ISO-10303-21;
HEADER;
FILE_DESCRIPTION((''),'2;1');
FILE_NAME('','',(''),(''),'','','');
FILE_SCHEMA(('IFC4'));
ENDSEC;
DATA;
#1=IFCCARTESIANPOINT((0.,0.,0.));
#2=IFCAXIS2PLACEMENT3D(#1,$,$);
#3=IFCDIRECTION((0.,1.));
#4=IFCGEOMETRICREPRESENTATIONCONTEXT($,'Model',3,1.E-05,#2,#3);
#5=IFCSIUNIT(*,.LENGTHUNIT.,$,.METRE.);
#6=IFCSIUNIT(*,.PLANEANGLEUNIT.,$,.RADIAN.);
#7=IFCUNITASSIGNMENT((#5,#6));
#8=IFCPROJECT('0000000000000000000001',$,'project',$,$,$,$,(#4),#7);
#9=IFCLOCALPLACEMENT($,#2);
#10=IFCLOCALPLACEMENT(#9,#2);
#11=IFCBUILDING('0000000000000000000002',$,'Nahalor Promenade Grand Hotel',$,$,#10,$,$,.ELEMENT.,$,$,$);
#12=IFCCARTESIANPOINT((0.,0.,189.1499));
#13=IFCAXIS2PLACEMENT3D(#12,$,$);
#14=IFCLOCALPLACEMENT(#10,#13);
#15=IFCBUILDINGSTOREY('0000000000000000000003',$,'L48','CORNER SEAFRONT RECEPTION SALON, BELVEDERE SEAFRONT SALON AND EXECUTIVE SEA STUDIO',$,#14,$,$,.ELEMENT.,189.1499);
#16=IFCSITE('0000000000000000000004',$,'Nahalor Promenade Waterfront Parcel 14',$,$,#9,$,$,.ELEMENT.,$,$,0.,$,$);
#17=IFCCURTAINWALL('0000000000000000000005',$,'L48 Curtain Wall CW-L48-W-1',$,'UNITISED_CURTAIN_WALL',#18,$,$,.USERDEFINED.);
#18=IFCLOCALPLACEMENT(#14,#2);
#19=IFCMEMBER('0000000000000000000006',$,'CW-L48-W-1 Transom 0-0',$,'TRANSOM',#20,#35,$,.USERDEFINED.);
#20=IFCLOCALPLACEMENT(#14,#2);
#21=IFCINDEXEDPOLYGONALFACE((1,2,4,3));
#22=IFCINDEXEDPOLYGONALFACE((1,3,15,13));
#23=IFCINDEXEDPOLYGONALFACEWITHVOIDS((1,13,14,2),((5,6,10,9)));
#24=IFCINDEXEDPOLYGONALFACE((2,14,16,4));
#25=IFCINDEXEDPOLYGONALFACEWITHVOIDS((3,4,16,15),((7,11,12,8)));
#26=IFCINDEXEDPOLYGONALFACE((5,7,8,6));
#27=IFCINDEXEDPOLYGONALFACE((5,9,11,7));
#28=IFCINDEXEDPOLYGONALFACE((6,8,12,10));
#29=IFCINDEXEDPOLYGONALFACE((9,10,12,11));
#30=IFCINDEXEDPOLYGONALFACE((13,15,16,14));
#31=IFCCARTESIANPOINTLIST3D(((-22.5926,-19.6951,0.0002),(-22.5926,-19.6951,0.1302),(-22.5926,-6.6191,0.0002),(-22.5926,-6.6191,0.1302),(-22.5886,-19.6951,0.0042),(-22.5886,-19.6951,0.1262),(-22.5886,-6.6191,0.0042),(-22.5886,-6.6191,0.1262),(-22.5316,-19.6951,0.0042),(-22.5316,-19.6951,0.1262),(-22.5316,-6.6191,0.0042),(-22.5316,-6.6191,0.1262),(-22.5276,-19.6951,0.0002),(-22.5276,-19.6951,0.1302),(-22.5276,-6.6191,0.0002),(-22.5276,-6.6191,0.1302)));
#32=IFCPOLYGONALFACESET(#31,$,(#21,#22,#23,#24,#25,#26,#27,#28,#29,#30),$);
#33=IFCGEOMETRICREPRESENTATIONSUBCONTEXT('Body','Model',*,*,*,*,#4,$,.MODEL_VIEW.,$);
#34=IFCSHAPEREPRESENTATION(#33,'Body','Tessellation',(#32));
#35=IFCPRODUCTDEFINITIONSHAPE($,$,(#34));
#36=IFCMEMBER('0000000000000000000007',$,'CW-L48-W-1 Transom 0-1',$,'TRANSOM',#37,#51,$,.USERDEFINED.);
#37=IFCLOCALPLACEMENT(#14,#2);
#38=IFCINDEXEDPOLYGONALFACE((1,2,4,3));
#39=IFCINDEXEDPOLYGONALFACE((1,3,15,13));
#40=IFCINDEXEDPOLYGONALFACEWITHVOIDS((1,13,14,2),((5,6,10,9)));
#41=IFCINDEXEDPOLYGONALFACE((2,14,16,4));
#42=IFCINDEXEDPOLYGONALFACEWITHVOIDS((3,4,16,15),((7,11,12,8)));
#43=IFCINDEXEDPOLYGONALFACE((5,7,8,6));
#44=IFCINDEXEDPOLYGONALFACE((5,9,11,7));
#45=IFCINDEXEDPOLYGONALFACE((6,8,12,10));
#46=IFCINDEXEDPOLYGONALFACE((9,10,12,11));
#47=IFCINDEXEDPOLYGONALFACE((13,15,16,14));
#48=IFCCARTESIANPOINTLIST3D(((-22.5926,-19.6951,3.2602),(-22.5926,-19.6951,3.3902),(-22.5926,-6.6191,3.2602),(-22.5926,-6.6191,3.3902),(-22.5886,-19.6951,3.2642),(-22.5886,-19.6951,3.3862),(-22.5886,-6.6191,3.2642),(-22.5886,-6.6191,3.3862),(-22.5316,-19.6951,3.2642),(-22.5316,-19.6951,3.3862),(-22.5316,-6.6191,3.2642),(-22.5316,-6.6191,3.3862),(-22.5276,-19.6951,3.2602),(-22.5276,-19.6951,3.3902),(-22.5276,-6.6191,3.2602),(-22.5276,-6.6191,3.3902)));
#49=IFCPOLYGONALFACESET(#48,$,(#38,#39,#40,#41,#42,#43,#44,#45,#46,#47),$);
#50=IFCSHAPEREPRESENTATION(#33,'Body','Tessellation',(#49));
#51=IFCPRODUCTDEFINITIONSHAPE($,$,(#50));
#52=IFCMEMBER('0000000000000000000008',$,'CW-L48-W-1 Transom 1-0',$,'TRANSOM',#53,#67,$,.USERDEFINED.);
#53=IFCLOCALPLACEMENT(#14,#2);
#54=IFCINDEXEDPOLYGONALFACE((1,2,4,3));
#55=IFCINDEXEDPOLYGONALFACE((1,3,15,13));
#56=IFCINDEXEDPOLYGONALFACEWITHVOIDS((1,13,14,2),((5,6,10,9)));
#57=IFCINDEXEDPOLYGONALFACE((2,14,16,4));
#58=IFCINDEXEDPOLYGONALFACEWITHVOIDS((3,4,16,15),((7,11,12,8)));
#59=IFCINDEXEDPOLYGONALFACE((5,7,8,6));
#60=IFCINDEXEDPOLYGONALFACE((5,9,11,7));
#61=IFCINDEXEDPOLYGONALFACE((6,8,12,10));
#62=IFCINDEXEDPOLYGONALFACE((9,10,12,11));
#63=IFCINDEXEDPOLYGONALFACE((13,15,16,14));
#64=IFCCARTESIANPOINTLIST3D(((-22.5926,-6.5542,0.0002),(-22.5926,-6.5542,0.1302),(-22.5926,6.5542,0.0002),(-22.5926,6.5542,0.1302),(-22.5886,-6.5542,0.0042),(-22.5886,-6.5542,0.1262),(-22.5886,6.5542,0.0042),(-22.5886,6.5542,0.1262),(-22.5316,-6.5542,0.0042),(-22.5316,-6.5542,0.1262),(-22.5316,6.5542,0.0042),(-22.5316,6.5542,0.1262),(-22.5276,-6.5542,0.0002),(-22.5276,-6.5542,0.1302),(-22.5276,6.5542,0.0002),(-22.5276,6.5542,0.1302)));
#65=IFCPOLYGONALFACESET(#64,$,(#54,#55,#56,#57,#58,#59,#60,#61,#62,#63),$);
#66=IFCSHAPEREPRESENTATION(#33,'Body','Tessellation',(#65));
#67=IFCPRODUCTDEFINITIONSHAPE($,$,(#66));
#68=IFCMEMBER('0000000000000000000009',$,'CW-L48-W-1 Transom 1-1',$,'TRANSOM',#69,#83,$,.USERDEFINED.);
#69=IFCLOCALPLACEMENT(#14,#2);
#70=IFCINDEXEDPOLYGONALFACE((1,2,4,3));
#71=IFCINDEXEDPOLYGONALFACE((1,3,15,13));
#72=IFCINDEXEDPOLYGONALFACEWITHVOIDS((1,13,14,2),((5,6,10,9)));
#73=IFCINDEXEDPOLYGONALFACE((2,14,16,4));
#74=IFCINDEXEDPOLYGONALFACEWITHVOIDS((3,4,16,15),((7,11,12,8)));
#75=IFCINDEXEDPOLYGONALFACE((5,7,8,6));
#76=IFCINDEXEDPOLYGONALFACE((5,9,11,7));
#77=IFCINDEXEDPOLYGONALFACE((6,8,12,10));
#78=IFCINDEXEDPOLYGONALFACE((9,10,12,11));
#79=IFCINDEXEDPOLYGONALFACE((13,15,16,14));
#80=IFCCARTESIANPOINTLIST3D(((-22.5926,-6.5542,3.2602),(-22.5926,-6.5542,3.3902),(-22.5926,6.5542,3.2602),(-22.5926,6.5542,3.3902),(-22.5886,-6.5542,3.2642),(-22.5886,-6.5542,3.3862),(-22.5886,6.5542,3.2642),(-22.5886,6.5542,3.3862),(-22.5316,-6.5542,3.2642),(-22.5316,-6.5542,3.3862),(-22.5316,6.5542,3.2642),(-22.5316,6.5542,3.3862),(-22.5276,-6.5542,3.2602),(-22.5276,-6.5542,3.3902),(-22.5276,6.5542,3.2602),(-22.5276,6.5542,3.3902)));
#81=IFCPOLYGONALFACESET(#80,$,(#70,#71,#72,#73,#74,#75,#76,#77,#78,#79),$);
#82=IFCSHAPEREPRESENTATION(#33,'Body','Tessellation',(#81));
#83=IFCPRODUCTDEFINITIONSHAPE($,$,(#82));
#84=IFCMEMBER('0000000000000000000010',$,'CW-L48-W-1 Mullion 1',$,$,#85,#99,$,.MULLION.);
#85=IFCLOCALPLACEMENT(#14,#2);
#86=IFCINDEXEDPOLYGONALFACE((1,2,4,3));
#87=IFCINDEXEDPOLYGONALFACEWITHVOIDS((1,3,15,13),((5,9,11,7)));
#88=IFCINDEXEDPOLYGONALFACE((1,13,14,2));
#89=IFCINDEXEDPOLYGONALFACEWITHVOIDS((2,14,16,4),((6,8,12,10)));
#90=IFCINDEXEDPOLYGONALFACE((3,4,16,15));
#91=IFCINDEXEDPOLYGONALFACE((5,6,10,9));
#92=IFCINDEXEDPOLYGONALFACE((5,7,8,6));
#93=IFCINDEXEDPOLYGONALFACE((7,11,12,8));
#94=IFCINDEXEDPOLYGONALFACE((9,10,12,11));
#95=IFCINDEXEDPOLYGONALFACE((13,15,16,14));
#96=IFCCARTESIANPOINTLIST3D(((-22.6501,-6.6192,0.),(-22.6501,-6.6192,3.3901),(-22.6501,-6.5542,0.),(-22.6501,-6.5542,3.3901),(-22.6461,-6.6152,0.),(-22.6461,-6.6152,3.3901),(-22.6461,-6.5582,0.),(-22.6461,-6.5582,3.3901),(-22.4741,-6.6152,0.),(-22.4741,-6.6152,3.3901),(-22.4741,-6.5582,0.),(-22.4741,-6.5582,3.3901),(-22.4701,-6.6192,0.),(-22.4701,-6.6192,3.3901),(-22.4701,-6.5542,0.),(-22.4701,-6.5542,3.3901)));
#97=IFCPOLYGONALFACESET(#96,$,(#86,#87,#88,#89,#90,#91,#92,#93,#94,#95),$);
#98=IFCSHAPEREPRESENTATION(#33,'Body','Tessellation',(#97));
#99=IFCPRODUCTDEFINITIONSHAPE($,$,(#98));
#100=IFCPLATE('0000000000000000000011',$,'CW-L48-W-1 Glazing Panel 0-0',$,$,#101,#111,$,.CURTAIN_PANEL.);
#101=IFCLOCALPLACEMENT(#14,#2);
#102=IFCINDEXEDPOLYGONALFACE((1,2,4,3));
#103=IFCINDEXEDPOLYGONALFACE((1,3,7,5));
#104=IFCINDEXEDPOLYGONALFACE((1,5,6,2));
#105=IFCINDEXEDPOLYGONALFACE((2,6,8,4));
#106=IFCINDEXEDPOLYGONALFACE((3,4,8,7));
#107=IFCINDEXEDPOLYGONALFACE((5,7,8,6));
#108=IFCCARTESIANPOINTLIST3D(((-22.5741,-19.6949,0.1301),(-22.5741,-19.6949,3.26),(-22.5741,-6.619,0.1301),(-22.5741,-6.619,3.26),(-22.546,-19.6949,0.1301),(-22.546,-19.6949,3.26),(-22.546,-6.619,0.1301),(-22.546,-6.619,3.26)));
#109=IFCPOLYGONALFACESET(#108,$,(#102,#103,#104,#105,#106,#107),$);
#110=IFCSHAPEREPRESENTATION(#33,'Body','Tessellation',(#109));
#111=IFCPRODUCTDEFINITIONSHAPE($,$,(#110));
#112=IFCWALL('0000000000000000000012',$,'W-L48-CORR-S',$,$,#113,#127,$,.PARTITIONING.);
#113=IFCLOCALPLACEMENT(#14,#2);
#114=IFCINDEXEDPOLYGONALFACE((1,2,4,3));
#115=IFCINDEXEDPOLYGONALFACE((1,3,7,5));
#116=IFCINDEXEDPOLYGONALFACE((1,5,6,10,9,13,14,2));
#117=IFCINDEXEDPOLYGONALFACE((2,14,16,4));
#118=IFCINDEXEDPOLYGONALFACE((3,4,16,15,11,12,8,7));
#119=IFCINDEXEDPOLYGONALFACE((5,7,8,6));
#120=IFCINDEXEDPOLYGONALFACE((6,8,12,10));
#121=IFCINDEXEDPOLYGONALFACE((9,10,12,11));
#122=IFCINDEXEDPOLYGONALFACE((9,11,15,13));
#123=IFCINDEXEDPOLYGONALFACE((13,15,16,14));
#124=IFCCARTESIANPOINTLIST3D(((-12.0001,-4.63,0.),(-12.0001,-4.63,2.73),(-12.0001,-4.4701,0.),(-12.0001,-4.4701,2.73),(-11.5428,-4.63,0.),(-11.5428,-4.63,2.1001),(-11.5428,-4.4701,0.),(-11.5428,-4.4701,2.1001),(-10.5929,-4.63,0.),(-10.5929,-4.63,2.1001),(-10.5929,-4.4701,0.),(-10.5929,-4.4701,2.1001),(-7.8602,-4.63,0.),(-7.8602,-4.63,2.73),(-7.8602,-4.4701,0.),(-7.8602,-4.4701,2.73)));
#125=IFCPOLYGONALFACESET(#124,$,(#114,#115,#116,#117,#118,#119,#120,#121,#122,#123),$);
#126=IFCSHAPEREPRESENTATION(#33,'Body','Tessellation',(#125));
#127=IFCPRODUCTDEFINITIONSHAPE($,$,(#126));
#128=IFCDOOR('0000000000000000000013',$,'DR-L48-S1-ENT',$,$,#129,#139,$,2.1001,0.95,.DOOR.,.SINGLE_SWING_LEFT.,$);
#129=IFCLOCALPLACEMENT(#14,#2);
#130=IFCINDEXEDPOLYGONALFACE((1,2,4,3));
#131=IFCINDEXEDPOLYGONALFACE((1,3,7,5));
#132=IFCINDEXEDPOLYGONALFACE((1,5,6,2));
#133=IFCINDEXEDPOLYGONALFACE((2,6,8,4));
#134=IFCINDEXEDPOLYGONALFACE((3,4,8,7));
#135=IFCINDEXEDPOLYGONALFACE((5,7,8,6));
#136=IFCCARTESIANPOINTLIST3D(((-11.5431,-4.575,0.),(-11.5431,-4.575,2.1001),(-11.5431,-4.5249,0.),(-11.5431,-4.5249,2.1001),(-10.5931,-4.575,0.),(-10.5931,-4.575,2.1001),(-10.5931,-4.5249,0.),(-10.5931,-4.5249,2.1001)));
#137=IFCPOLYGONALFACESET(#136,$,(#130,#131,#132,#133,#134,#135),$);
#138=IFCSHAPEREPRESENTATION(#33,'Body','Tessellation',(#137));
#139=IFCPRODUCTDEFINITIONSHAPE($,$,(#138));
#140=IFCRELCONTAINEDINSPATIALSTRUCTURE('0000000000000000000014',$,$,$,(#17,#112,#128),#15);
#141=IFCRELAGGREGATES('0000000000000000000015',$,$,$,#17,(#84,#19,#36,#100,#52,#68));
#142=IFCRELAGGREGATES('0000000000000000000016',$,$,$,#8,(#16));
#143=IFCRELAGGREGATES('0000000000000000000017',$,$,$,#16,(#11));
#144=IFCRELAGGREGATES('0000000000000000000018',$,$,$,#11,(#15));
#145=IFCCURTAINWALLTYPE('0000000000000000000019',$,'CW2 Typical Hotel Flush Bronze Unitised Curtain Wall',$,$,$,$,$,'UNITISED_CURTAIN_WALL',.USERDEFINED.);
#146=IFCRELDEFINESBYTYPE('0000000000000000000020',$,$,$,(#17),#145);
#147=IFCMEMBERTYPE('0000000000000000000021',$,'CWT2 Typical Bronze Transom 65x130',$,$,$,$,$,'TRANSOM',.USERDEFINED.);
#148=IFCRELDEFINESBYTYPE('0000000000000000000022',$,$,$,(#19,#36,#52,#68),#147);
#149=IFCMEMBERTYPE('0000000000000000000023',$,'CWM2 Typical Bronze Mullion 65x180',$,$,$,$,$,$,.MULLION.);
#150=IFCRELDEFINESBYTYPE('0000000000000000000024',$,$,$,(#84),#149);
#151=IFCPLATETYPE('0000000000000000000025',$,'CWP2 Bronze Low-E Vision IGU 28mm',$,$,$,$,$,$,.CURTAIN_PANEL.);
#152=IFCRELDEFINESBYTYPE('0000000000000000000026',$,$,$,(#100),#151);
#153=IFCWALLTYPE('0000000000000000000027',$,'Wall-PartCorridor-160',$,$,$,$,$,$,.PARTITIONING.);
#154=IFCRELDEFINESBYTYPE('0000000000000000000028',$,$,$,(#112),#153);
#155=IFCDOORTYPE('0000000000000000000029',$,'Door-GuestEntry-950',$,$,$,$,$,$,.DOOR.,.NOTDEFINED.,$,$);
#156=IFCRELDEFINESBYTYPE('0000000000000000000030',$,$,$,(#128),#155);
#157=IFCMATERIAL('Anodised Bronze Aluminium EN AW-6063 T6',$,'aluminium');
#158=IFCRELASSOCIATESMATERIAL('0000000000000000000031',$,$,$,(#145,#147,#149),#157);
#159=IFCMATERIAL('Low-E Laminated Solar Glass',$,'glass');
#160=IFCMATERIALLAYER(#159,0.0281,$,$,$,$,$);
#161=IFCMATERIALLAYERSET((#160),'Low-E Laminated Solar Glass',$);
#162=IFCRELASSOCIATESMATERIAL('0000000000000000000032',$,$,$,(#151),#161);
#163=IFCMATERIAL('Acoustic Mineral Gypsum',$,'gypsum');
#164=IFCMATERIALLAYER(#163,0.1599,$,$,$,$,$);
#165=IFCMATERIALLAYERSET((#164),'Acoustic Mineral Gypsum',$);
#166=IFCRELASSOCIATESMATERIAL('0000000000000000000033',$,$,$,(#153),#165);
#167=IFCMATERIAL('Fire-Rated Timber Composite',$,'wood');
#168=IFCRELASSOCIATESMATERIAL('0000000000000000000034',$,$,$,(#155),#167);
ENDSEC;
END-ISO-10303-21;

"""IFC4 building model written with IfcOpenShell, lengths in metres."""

from ifc_helpers import new_model, si_unit, direction, frame, frame_2d, origin, origin_2d, place, context, subcontext, project, spatial, rectangle, hollow_rectangle, extrude, source, transform, mapped, material, layer, layer_set, material_profile, profile_set, type_object, element, fill, aggregate, save


model = new_model("IFC4")

# Units and contexts
model_context = context("Model", 3, precision=1e-05, world=origin(), true_north=direction((0.0, 1.0)))
body_context = subcontext(model_context, "Body", "Model", "MODEL_VIEW")
ifc_project = project(units=[si_unit("LENGTHUNIT", "METRE"), si_unit("PLANEANGLEUNIT", "RADIAN")], contexts=[model_context])

# Site, building, storey
site_placement = place(None, origin())
site = spatial("IfcSite", under=ifc_project, at=site_placement, Name="Nahalor Promenade Waterfront Parcel 14", CompositionType="ELEMENT", RefElevation=0.0)
building_placement = place(site_placement, origin())
building = spatial("IfcBuilding", under=site, at=building_placement, Name="Nahalor Promenade Grand Hotel", CompositionType="ELEMENT")
storey_placement = place(building_placement, frame((0.0, 0.0, 189.1499)))
storey = spatial("IfcBuildingStorey", under=building, at=storey_placement, Name="L48", Description="CORNER SEAFRONT RECEPTION SALON, BELVEDERE SEAFRONT SALON AND EXECUTIVE SEA STUDIO", CompositionType="ELEMENT", Elevation=189.1499)

# Curtain wall, members, plate
ifc_material_1 = material(Name="Anodised Bronze Aluminium EN AW-6063 T6", Category="aluminium")
curtain_wall_type = type_object("IfcCurtainWallType", Name="CW2 Typical Hotel Flush Bronze Unitised Curtain Wall", ElementType="UNITISED_CURTAIN_WALL", PredefinedType="USERDEFINED", material=ifc_material_1)
curtain_wall_placement = place(storey_placement, origin())
curtain_wall = element("IfcCurtainWall", 1, at=curtain_wall_placement, inside=storey, type_object=curtain_wall_type, Name="L48 Curtain Wall CW-L48-W-1", ObjectType="UNITISED_CURTAIN_WALL", PredefinedType="USERDEFINED")
ifc_material_profile_1 = material_profile(ifc_material_1, hollow_rectangle(XDim=0.065, YDim=0.13, WallThickness=0.004, at=origin_2d()), Name="CWT 65x130x4")
ifc_profile_set_1 = profile_set([ifc_material_profile_1], Name="Anodised Bronze Aluminium EN AW-6063 T6")
member_type_1 = type_object("IfcMemberType", Name="CWT2 Typical Bronze Transom 65x130", ElementType="TRANSOM", PredefinedType="USERDEFINED", material=ifc_profile_set_1)
shared_shape_1 = source(origin(), body_context, "Body", "SweptSolid", [
    extrude(hollow_rectangle(XDim=0.065, YDim=0.13, WallThickness=0.004, at=origin_2d()), origin(), (0.0, 0.0, 1.0), 13.0759),
])
member_1_placement = place(storey_placement, frame((-22.5601, -19.6951, 0.0652), z_axis=(0.0, 1.0, 0.0), x_axis=(-1.0, 0.0, 0.0)))
member_1 = element("IfcMember", 2, at=member_1_placement, type_object=member_type_1, Name="CW-L48-W-1 Transom 0-0", ObjectType="TRANSOM", PredefinedType="USERDEFINED", context=body_context, shape_type="MappedRepresentation", body=[
    mapped(shared_shape_1, transform((0.0, 0.0, 0.0), scale=1.0)),
])
member_2_placement = place(storey_placement, frame((-22.5601, -19.6951, 3.3252), z_axis=(0.0, 1.0, 0.0), x_axis=(-1.0, 0.0, 0.0)))
member_2 = element("IfcMember", 3, at=member_2_placement, type_object=member_type_1, Name="CW-L48-W-1 Transom 0-1", ObjectType="TRANSOM", PredefinedType="USERDEFINED", context=body_context, shape_type="MappedRepresentation", body=[
    mapped(shared_shape_1, transform((0.0, 0.0, 0.0), scale=1.0)),
])
shared_shape_2 = source(origin(), body_context, "Body", "SweptSolid", [
    extrude(hollow_rectangle(XDim=0.065, YDim=0.13, WallThickness=0.004, at=origin_2d()), origin(), (0.0, 0.0, 1.0), 13.1084),
])
member_3_placement = place(storey_placement, frame((-22.5601, -6.5542, 0.0652), z_axis=(0.0, 1.0, 0.0), x_axis=(-1.0, 0.0, 0.0)))
member_3 = element("IfcMember", 4, at=member_3_placement, type_object=member_type_1, Name="CW-L48-W-1 Transom 1-0", ObjectType="TRANSOM", PredefinedType="USERDEFINED", context=body_context, shape_type="MappedRepresentation", body=[
    mapped(shared_shape_2, transform((0.0, 0.0, 0.0), scale=1.0)),
])
member_4_placement = place(storey_placement, frame((-22.5601, -6.5542, 3.3252), z_axis=(0.0, 1.0, 0.0), x_axis=(-1.0, 0.0, 0.0)))
member_4 = element("IfcMember", 5, at=member_4_placement, type_object=member_type_1, Name="CW-L48-W-1 Transom 1-1", ObjectType="TRANSOM", PredefinedType="USERDEFINED", context=body_context, shape_type="MappedRepresentation", body=[
    mapped(shared_shape_2, transform((0.0, 0.0, 0.0), scale=1.0)),
])
ifc_material_profile_2 = material_profile(ifc_material_1, hollow_rectangle(XDim=0.065, YDim=0.18, WallThickness=0.004, at=origin_2d()), Name="CWM 65x180x4")
ifc_profile_set_2 = profile_set([ifc_material_profile_2], Name="Anodised Bronze Aluminium EN AW-6063 T6")
member_type_2 = type_object("IfcMemberType", Name="CWM2 Typical Bronze Mullion 65x180", PredefinedType="MULLION", material=ifc_profile_set_2)
shared_shape_3 = source(origin(), body_context, "Body", "SweptSolid", [
    extrude(hollow_rectangle(XDim=0.065, YDim=0.18, WallThickness=0.004, at=origin_2d()), origin(), (0.0, 0.0, 1.0), 3.3901),
])
member_5_placement = place(storey_placement, frame((-22.5601, -6.5867, 0.0), z_axis=(0.0, 0.0, 1.0), x_axis=(0.0, 1.0, 0.0)))
member_5 = element("IfcMember", 6, at=member_5_placement, type_object=member_type_2, Name="CW-L48-W-1 Mullion 1", PredefinedType="MULLION", context=body_context, shape_type="MappedRepresentation", body=[
    mapped(shared_shape_3, transform((0.0, 0.0, 0.0), scale=1.0)),
])
ifc_material_2 = material(Name="Low-E Laminated Solar Glass", Category="glass")
ifc_layer_1 = layer(ifc_material_2, 0.0281)
ifc_layer_set_1 = layer_set([ifc_layer_1], Name="Low-E Laminated Solar Glass")
plate_type = type_object("IfcPlateType", Name="CWP2 Bronze Low-E Vision IGU 28mm", PredefinedType="CURTAIN_PANEL", material=ifc_layer_set_1)
shared_shape_4 = source(origin(), body_context, "Body", "SweptSolid", [
    extrude(rectangle(XDim=13.0759, YDim=0.0281, at=origin_2d()), origin(), (0.0, 0.0, 1.0), 3.1299),
])
plate_placement = place(storey_placement, frame((-22.5601, -13.157, 0.1301), z_axis=(0.0, 0.0, 1.0), x_axis=(0.0, 1.0, 0.0)))
plate = element("IfcPlate", 7, at=plate_placement, type_object=plate_type, Name="CW-L48-W-1 Glazing Panel 0-0", PredefinedType="CURTAIN_PANEL", context=body_context, shape_type="MappedRepresentation", body=[
    mapped(shared_shape_4, transform((0.0, 0.0, 0.0), scale=1.0)),
])
aggregate(curtain_wall, [member_5, member_1, member_2, plate, member_3, member_4])

# Wall, opening, door
ifc_material_3 = material(Name="Acoustic Mineral Gypsum", Category="gypsum")
ifc_layer_2 = layer(ifc_material_3, 0.1599)
ifc_layer_set_2 = layer_set([ifc_layer_2], Name="Acoustic Mineral Gypsum")
wall_type = type_object("IfcWallType", Name="Wall-PartCorridor-160", PredefinedType="PARTITIONING", material=ifc_layer_set_2)
shared_shape_5 = source(origin(), body_context, "Body", "SweptSolid", [
    extrude(rectangle(XDim=4.1399, YDim=0.1599, at=frame_2d((2.0698, 0.0))), origin(), (0.0, 0.0, 1.0), 2.73),
])
wall_placement = place(storey_placement, frame((-12.0, -4.55, 0.0), z_axis=(0.0, 0.0, 1.0), x_axis=(1.0, 0.0, 0.0)))
wall = element("IfcWall", 8, at=wall_placement, inside=storey, type_object=wall_type, Name="W-L48-CORR-S", PredefinedType="PARTITIONING", context=body_context, shape_type="MappedRepresentation", body=[
    mapped(shared_shape_5, transform((0.0, 0.0, 0.0), scale=1.0)),
])
opening_placement = place(wall_placement, frame((0.457, 0.0, 0.0)))
opening = element("IfcOpeningElement", 9, at=opening_placement, cuts=wall, PredefinedType="OPENING", context=body_context, shape_type="SweptSolid", body=[
    extrude(rectangle(XDim=0.95, YDim=2.1001, at=frame_2d((0.4751, 1.05))), frame((0.0, 0.0898, 0.0), z_axis=(0.0, -1.0, 0.0), x_axis=(1.0, 0.0, 0.0)), (0.0, 0.0, 1.0), 0.1799),
])
ifc_material_4 = material(Name="Fire-Rated Timber Composite", Category="wood")
door_type = type_object("IfcDoorType", Name="Door-GuestEntry-950", OperationType="NOTDEFINED", PredefinedType="DOOR", material=ifc_material_4)
shared_shape_6 = source(origin(), body_context, "Body", "SweptSolid", [
    extrude(rectangle(XDim=0.95, YDim=2.1001, at=frame_2d((0.4751, 1.05))), frame((0.0, 0.0249, 0.0), z_axis=(0.0, -1.0, 0.0), x_axis=(1.0, 0.0, 0.0)), (0.0, 0.0, 1.0), 0.05),
])
door_placement = place(opening_placement, frame((0.95, 0.0, 0.0), z_axis=(0.0, 0.0, 1.0), x_axis=(-1.0, 0.0, 0.0)))
door = element("IfcDoor", 10, at=door_placement, inside=storey, type_object=door_type, Name="DR-L48-S1-ENT", OperationType="SINGLE_SWING_LEFT", OverallHeight=2.1001, OverallWidth=0.95, PredefinedType="DOOR", context=body_context, shape_type="MappedRepresentation", body=[
    mapped(shared_shape_6, transform((0.0, 0.0, 0.0), scale=1.0)),
])
fill(opening, door)

save(model, "model.ifc")
